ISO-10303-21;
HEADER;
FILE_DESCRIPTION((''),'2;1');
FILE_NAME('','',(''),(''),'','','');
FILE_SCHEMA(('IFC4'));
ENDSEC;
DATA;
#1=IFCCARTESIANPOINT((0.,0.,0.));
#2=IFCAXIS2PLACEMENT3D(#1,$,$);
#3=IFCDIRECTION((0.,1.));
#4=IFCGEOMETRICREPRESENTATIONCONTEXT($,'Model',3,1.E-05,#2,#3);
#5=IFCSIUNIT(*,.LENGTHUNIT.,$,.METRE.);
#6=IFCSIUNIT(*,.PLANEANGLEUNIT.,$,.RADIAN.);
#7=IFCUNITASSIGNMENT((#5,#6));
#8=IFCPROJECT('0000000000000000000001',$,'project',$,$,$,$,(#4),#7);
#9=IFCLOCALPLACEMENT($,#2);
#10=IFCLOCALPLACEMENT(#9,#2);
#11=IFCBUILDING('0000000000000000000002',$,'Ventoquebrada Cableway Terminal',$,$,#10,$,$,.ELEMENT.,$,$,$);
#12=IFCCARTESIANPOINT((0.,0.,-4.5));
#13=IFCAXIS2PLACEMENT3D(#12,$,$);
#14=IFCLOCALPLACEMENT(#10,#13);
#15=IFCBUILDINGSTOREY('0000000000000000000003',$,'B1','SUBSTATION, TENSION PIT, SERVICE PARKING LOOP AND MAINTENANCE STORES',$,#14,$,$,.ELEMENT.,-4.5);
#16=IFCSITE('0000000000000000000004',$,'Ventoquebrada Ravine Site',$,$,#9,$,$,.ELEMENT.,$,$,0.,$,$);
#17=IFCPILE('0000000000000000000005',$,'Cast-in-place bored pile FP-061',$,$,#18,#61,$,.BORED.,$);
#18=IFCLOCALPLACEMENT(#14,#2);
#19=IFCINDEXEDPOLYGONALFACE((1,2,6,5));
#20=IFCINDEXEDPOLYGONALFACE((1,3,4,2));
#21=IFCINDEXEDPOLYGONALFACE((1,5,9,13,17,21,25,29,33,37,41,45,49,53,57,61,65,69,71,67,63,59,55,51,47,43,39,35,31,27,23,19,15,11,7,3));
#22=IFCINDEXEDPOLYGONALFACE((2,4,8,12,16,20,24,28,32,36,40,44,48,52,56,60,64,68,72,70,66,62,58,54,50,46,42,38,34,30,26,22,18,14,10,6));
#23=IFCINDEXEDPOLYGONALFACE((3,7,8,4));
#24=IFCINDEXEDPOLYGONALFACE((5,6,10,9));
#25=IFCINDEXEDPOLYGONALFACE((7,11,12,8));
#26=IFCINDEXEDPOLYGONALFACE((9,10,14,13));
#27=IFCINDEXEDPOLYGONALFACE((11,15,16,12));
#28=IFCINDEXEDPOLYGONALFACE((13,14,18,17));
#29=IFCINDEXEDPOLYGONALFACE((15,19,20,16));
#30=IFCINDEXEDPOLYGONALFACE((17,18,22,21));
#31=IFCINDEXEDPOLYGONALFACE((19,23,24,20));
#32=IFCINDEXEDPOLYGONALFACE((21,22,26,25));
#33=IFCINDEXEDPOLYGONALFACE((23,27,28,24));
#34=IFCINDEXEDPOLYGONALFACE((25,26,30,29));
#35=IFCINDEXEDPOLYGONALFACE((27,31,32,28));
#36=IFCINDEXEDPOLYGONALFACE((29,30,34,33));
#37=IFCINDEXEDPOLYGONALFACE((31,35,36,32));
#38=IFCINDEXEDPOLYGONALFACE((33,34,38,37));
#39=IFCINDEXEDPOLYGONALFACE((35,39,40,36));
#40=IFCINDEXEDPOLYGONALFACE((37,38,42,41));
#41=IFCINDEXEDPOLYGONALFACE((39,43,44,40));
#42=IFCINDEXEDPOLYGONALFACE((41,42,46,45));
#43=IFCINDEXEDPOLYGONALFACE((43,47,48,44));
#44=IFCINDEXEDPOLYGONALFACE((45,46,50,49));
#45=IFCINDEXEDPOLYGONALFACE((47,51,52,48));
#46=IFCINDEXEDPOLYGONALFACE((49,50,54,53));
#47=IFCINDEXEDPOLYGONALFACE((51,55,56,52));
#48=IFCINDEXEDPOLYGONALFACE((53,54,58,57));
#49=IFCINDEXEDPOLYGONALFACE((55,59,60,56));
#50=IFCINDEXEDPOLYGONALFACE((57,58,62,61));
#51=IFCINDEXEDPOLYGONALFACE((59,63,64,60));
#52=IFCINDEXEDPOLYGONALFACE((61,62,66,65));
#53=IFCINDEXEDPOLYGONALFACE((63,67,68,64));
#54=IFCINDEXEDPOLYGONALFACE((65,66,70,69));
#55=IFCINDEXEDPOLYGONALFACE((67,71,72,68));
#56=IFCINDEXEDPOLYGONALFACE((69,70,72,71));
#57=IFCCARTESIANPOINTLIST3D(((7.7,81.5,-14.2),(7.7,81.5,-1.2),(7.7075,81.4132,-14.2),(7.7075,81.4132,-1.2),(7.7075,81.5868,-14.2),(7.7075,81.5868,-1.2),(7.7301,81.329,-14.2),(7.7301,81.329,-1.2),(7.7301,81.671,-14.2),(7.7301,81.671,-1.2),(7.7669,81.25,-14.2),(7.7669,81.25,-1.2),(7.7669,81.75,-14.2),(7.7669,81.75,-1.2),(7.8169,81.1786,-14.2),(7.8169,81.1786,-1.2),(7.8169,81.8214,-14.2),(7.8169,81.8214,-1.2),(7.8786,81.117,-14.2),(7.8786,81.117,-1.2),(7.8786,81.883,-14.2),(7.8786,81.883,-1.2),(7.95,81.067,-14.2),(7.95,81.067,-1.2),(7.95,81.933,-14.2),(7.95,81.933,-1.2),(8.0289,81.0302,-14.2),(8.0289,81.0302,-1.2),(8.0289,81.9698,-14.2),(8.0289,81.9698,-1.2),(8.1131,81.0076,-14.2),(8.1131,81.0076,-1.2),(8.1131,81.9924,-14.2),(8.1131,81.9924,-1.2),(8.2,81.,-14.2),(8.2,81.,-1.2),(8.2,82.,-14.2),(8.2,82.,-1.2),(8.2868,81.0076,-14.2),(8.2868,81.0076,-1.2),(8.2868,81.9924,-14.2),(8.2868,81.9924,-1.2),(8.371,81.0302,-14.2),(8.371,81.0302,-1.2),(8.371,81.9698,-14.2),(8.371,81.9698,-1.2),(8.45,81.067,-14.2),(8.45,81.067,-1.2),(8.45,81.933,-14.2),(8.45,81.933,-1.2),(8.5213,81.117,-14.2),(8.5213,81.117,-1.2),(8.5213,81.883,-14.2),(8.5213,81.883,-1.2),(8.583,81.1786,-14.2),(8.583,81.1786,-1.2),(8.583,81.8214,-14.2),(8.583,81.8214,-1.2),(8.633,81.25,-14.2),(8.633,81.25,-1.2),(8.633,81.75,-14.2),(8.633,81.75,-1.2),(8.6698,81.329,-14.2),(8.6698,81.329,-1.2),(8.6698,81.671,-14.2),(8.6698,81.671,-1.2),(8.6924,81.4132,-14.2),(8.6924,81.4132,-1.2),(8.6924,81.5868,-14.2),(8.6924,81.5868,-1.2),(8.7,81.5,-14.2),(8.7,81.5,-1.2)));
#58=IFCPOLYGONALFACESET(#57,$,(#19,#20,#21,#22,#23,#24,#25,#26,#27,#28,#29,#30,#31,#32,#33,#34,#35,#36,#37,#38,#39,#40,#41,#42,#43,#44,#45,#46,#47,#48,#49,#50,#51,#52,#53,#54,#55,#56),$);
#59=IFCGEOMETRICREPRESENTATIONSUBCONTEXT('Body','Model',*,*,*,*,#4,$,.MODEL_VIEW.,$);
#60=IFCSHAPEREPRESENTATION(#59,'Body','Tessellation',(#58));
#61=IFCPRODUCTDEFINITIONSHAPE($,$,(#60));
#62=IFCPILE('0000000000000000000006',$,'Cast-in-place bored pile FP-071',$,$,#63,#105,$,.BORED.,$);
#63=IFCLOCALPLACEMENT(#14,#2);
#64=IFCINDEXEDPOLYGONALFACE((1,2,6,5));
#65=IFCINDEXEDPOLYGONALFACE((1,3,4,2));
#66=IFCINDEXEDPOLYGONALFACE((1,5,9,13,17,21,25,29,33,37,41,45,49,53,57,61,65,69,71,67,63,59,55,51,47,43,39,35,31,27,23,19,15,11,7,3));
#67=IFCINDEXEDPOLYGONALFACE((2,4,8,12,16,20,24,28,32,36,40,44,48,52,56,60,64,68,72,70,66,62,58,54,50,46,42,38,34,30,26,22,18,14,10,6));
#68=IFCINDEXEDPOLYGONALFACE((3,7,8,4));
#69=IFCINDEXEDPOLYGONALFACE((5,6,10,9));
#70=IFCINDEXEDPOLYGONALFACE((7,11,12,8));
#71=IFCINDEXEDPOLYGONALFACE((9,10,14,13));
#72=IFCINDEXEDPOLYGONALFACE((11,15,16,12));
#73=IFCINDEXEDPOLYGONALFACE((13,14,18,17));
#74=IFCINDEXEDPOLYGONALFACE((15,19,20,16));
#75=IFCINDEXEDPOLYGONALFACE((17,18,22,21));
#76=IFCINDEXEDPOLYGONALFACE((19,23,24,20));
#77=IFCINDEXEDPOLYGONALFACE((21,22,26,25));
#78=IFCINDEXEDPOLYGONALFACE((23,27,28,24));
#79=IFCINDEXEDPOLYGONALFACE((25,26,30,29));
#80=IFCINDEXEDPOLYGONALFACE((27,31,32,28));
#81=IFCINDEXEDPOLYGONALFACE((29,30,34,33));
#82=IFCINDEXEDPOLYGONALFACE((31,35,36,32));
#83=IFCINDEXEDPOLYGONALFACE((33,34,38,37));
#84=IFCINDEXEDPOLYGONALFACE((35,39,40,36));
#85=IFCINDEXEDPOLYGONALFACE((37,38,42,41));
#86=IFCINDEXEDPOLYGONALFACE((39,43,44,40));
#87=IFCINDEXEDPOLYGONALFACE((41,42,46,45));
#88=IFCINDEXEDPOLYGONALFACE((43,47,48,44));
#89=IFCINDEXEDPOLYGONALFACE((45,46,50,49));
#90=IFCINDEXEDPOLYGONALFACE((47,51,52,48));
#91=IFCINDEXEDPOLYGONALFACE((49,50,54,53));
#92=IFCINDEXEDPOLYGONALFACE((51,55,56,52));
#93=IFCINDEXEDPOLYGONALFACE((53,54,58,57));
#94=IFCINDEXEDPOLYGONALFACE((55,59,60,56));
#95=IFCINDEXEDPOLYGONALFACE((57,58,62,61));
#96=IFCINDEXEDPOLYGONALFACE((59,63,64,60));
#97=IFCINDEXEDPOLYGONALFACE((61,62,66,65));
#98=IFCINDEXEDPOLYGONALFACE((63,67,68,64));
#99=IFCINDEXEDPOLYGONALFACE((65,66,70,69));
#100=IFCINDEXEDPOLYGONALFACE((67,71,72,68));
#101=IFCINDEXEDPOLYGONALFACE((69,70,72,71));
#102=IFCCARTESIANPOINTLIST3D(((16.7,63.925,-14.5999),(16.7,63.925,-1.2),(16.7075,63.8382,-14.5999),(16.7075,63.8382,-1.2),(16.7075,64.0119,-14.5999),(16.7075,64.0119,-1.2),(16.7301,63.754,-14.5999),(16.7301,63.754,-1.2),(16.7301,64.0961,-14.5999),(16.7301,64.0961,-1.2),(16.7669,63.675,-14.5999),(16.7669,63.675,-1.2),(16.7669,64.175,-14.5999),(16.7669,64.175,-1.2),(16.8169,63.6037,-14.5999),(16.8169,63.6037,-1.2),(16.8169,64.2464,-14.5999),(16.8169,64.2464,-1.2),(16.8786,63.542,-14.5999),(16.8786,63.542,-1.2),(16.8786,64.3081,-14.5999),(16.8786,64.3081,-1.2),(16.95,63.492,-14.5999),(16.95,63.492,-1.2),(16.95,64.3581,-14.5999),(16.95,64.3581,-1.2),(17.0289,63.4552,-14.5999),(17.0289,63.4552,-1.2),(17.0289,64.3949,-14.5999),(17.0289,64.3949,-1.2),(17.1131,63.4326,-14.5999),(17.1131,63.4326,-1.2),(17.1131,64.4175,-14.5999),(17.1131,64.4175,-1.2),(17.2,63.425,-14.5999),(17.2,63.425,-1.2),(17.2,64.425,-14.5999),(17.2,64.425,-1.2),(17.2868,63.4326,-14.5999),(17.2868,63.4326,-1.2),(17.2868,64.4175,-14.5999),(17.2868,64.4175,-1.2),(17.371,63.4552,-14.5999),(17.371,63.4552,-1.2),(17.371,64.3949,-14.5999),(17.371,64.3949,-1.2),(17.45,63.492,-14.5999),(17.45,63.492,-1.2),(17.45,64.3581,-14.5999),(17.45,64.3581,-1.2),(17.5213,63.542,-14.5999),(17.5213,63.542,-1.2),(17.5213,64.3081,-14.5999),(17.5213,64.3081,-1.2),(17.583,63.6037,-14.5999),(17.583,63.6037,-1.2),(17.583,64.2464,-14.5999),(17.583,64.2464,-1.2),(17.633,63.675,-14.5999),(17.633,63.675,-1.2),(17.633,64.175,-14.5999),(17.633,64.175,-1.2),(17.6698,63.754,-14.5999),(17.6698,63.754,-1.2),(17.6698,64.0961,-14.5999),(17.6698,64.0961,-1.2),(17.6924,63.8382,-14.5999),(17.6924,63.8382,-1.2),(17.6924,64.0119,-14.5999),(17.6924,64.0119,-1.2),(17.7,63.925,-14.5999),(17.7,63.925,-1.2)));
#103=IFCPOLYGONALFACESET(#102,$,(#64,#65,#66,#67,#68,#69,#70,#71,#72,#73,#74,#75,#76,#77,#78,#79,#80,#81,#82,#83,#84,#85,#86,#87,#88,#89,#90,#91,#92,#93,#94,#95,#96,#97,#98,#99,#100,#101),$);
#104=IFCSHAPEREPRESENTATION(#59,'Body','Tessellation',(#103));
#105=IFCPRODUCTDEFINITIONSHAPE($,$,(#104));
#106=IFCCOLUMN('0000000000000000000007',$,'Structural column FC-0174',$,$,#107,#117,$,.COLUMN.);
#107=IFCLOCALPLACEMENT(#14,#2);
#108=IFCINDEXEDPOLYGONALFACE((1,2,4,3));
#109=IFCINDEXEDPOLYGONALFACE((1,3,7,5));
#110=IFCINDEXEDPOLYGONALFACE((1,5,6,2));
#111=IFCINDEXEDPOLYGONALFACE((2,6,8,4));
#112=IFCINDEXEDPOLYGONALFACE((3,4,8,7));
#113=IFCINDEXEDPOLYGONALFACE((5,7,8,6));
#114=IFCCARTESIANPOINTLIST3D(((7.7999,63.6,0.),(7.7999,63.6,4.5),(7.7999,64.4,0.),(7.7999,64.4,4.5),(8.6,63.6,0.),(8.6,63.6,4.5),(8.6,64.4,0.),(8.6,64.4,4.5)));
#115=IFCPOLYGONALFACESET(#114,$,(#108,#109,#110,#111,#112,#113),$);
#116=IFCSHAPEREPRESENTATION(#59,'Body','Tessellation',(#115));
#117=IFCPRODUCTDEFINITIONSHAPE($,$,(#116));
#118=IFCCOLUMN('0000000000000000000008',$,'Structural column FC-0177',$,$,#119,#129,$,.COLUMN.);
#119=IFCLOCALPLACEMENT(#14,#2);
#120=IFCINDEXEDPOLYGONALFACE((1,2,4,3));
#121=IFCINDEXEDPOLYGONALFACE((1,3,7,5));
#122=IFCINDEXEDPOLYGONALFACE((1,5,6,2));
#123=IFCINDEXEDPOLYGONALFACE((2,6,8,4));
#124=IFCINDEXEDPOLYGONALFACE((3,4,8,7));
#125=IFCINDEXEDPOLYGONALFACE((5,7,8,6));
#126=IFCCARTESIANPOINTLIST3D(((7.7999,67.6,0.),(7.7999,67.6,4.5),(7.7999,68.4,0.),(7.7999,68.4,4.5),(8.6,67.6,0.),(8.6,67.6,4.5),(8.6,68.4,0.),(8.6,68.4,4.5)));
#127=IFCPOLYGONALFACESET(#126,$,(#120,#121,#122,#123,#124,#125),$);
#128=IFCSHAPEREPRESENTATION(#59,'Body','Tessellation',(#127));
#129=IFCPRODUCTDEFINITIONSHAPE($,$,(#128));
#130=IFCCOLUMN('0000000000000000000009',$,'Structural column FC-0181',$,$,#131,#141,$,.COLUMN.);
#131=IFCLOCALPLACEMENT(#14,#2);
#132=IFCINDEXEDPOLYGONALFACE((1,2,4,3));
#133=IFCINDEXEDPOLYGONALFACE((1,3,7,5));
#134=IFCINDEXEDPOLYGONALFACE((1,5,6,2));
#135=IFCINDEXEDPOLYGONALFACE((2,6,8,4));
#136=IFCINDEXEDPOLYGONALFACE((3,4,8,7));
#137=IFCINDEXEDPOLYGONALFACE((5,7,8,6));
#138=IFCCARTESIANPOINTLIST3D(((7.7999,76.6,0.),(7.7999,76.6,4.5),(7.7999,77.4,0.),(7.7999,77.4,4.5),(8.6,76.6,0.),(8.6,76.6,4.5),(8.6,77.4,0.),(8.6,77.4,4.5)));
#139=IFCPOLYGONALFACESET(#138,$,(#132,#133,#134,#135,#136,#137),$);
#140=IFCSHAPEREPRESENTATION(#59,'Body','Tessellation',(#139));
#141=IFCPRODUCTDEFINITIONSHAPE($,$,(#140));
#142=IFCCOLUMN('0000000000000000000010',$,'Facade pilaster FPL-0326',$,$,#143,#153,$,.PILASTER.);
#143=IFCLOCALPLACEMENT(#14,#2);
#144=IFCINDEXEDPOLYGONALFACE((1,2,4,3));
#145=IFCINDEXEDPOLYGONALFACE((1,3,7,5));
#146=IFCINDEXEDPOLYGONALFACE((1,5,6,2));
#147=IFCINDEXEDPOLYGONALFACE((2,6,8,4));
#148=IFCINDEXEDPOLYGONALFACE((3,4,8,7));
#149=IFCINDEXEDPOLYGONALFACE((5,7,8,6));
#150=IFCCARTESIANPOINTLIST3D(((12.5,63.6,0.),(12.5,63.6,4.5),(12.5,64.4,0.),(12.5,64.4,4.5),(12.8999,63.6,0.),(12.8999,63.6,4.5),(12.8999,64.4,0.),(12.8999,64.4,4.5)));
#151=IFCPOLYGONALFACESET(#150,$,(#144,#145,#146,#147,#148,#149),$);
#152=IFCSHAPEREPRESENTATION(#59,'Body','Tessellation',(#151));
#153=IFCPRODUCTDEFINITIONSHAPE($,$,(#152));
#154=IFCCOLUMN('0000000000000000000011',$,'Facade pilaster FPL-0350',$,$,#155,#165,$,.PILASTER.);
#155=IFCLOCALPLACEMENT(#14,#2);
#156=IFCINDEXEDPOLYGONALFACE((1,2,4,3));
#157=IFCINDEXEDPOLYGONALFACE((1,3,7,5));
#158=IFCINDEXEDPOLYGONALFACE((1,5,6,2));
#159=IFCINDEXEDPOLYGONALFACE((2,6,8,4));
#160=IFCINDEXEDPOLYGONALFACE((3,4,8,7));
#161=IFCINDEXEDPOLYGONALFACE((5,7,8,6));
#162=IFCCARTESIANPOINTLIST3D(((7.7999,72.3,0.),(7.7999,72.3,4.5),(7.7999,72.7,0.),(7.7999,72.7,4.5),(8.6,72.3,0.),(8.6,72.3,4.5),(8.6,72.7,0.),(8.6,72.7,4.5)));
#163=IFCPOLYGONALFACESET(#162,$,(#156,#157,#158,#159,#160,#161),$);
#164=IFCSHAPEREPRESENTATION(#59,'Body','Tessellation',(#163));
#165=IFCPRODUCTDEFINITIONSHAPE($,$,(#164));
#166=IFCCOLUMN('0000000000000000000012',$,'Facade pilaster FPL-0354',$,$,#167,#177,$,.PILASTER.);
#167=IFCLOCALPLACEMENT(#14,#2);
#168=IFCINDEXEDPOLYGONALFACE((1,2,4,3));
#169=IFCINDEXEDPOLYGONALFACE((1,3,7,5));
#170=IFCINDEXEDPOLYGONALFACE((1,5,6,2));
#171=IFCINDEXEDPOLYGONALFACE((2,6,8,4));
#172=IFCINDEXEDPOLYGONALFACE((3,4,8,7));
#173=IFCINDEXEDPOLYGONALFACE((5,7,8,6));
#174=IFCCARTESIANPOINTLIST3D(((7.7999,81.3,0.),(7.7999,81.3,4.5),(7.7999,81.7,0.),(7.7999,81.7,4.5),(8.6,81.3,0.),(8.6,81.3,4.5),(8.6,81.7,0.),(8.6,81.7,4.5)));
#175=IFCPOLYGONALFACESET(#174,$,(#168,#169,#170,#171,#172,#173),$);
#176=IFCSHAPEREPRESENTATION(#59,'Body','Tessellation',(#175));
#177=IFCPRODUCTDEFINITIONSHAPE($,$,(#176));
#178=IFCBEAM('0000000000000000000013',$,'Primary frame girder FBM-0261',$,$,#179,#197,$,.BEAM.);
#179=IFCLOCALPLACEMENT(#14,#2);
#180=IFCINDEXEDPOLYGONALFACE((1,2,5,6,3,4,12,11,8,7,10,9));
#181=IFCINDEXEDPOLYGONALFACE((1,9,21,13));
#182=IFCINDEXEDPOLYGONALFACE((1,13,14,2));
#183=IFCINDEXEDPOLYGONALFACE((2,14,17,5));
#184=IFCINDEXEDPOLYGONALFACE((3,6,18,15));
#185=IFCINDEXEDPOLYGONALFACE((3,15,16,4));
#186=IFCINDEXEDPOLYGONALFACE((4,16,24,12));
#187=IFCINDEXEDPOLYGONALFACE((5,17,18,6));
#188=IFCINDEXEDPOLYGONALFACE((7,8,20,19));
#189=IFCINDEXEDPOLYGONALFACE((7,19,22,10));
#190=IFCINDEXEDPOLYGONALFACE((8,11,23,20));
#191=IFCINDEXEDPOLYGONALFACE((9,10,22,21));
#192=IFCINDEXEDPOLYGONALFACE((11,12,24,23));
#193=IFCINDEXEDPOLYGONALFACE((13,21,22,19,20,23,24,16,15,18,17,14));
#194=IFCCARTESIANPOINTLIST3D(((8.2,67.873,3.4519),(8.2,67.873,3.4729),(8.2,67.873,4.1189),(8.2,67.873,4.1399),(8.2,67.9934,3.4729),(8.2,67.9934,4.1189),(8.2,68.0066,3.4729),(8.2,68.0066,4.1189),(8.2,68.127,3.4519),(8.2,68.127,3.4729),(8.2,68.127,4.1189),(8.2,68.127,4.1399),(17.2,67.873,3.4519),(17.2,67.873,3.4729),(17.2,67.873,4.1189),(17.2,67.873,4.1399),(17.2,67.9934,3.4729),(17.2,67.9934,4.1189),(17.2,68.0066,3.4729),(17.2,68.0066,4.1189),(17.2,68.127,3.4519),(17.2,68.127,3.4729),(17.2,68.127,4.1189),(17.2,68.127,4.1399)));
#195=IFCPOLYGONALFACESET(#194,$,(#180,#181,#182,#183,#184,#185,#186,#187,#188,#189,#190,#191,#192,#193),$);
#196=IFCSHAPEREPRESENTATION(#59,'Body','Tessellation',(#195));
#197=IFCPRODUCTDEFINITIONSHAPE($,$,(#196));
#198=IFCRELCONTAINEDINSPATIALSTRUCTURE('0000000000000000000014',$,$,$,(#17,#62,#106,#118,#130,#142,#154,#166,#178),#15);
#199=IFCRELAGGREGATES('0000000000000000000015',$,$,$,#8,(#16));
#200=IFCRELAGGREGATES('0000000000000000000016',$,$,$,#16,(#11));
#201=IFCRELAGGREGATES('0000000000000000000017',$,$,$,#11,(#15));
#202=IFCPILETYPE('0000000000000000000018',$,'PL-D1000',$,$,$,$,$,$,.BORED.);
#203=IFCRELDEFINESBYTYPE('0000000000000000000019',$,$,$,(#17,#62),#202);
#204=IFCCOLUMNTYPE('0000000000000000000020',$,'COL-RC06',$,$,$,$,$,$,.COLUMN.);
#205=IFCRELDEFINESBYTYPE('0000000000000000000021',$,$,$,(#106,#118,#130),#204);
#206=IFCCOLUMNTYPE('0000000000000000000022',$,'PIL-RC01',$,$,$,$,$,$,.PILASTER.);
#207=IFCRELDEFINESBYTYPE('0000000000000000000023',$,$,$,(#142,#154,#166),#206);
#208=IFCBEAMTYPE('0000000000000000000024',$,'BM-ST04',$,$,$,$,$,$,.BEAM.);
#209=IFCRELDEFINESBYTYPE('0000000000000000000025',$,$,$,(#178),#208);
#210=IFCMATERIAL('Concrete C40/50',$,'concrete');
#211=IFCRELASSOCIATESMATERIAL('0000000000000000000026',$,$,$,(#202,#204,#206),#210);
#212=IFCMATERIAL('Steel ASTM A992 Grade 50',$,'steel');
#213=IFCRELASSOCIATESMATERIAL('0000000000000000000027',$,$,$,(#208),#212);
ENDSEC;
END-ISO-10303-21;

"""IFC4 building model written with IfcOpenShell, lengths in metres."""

from ifc_helpers import new_model, si_unit, direction, frame, origin, origin_2d, place, context, subcontext, project, spatial, rectangle, circle, i_section, extrude, material, material_profile, profile_set, type_object, element, save


model = new_model("IFC4")

# Units and contexts
model_context = context("Model", 3, precision=1e-05, world=origin(), true_north=direction((0.0, 1.0)))
body_context = subcontext(model_context, "Body", "Model", "MODEL_VIEW")
ifc_project = project(units=[si_unit("LENGTHUNIT", "METRE"), si_unit("PLANEANGLEUNIT", "RADIAN")], contexts=[model_context])

# Site, building, storey
site_placement = place(None, origin())
site = spatial("IfcSite", under=ifc_project, at=site_placement, Name="Ventoquebrada Ravine Site", CompositionType="ELEMENT", RefElevation=0.0)
building_placement = place(site_placement, origin())
building = spatial("IfcBuilding", under=site, at=building_placement, Name="Ventoquebrada Cableway Terminal", CompositionType="ELEMENT")
storey_placement = place(building_placement, frame((0.0, 0.0, -4.5)))
storey = spatial("IfcBuildingStorey", under=building, at=storey_placement, Name="B1", Description="SUBSTATION, TENSION PIT, SERVICE PARKING LOOP AND MAINTENANCE STORES", CompositionType="ELEMENT", Elevation=-4.5)

# Shared definitions
ifc_material_1 = material(Name="Concrete C40/50", Category="concrete")

# Piles
ifc_material_profile_1 = material_profile(ifc_material_1, circle(Radius=0.5, at=origin_2d()), Name="PILE-D1000")
ifc_profile_set_1 = profile_set([ifc_material_profile_1], Name="Concrete C40/50")
pile_type = type_object("IfcPileType", Name="PL-D1000", PredefinedType="BORED", material=ifc_profile_set_1)
pile_1_placement = place(storey_placement, frame((8.2, 81.5, -1.2), z_axis=(0.0, 0.0, -1.0), x_axis=(1.0, 0.0, 0.0)))
element("IfcPile", 1, at=pile_1_placement, inside=storey, type_object=pile_type, Name="Cast-in-place bored pile FP-061", PredefinedType="BORED", context=body_context, shape_type="SweptSolid", body=[
    extrude(circle(Radius=0.5, at=origin_2d()), origin(), (0.0, 0.0, 1.0), 13.0),
])
pile_2_placement = place(storey_placement, frame((17.2, 63.925, -1.2), z_axis=(0.0, 0.0, -1.0), x_axis=(1.0, 0.0, 0.0)))
element("IfcPile", 2, at=pile_2_placement, inside=storey, type_object=pile_type, Name="Cast-in-place bored pile FP-071", PredefinedType="BORED", context=body_context, shape_type="SweptSolid", body=[
    extrude(circle(Radius=0.5, at=origin_2d()), origin(), (0.0, 0.0, 1.0), 13.3999),
])

# Columns
ifc_material_profile_2 = material_profile(ifc_material_1, rectangle(XDim=0.8, YDim=0.8, at=origin_2d()), Name="RC-COL-800X800")
ifc_profile_set_2 = profile_set([ifc_material_profile_2], Name="Concrete C40/50")
column_type_1 = type_object("IfcColumnType", Name="COL-RC06", PredefinedType="COLUMN", material=ifc_profile_set_2)
for number, where, z_axis, x_axis, name in (
    (3, (8.2, 64.0, 0.0), (0.0, 0.0, 1.0), (1.0, 0.0, 0.0), "Structural column FC-0174"),
    (4, (8.2, 68.0, 0.0), (0.0, 0.0, 1.0), (1.0, 0.0, 0.0), "Structural column FC-0177"),
    (5, (8.2, 77.0, 0.0), (0.0, 0.0, 1.0), (1.0, 0.0, 0.0), "Structural column FC-0181"),
):
    element("IfcColumn", number, at=place(storey_placement, frame(where, z_axis=z_axis, x_axis=x_axis)), inside=storey, type_object=column_type_1, Name=name, PredefinedType="COLUMN", context=body_context, shape_type="SweptSolid", body=[
        extrude(rectangle(XDim=0.8, YDim=0.8, at=origin_2d()), origin(), (0.0, 0.0, 1.0), 4.5),
    ])
ifc_material_profile_3 = material_profile(ifc_material_1, rectangle(XDim=0.3999, YDim=0.8, at=origin_2d()), Name="RC-PIL-400X800")
ifc_profile_set_3 = profile_set([ifc_material_profile_3], Name="Concrete C40/50")
column_type_2 = type_object("IfcColumnType", Name="PIL-RC01", PredefinedType="PILASTER", material=ifc_profile_set_3)
for number, where, z_axis, x_axis, name in (
    (6, (12.7, 64.0, 0.0), (0.0, 0.0, 1.0), (1.0, 0.0, 0.0), "Facade pilaster FPL-0326"),
    (7, (8.2, 72.5, 0.0), (0.0, 0.0, 1.0), (0.0, 1.0, 0.0), "Facade pilaster FPL-0350"),
    (8, (8.2, 81.5, 0.0), (0.0, 0.0, 1.0), (0.0, 1.0, 0.0), "Facade pilaster FPL-0354"),
):
    element("IfcColumn", number, at=place(storey_placement, frame(where, z_axis=z_axis, x_axis=x_axis)), inside=storey, type_object=column_type_2, Name=name, PredefinedType="PILASTER", context=body_context, shape_type="SweptSolid", body=[
        extrude(rectangle(XDim=0.3999, YDim=0.8, at=origin_2d()), origin(), (0.0, 0.0, 1.0), 4.5),
    ])

# Beam
ifc_material_2 = material(Name="Steel ASTM A992 Grade 50", Category="steel")
ifc_material_profile_4 = material_profile(ifc_material_2, i_section(OverallWidth=0.2539, OverallDepth=0.688, WebThickness=0.0132, FlangeThickness=0.021, at=origin_2d()), Name="W27X102")
ifc_profile_set_4 = profile_set([ifc_material_profile_4], Name="Steel ASTM A992 Grade 50")
beam_type_1 = type_object("IfcBeamType", Name="BM-ST04", PredefinedType="BEAM", material=ifc_profile_set_4)
for number, where, z_axis, x_axis, name in (
    (9, (8.2, 68.0, 3.7959), (1.0, 0.0, 0.0), (0.0, 1.0, 0.0), "Primary frame girder FBM-0261"),
):
    element("IfcBeam", number, at=place(storey_placement, frame(where, z_axis=z_axis, x_axis=x_axis)), inside=storey, type_object=beam_type_1, Name=name, PredefinedType="BEAM", context=body_context, shape_type="SweptSolid", body=[
        extrude(i_section(OverallWidth=0.2539, OverallDepth=0.688, WebThickness=0.0132, FlangeThickness=0.021, at=origin_2d()), origin(), (0.0, 0.0, 1.0), 9.0),
    ])

save(model, "model.ifc")
